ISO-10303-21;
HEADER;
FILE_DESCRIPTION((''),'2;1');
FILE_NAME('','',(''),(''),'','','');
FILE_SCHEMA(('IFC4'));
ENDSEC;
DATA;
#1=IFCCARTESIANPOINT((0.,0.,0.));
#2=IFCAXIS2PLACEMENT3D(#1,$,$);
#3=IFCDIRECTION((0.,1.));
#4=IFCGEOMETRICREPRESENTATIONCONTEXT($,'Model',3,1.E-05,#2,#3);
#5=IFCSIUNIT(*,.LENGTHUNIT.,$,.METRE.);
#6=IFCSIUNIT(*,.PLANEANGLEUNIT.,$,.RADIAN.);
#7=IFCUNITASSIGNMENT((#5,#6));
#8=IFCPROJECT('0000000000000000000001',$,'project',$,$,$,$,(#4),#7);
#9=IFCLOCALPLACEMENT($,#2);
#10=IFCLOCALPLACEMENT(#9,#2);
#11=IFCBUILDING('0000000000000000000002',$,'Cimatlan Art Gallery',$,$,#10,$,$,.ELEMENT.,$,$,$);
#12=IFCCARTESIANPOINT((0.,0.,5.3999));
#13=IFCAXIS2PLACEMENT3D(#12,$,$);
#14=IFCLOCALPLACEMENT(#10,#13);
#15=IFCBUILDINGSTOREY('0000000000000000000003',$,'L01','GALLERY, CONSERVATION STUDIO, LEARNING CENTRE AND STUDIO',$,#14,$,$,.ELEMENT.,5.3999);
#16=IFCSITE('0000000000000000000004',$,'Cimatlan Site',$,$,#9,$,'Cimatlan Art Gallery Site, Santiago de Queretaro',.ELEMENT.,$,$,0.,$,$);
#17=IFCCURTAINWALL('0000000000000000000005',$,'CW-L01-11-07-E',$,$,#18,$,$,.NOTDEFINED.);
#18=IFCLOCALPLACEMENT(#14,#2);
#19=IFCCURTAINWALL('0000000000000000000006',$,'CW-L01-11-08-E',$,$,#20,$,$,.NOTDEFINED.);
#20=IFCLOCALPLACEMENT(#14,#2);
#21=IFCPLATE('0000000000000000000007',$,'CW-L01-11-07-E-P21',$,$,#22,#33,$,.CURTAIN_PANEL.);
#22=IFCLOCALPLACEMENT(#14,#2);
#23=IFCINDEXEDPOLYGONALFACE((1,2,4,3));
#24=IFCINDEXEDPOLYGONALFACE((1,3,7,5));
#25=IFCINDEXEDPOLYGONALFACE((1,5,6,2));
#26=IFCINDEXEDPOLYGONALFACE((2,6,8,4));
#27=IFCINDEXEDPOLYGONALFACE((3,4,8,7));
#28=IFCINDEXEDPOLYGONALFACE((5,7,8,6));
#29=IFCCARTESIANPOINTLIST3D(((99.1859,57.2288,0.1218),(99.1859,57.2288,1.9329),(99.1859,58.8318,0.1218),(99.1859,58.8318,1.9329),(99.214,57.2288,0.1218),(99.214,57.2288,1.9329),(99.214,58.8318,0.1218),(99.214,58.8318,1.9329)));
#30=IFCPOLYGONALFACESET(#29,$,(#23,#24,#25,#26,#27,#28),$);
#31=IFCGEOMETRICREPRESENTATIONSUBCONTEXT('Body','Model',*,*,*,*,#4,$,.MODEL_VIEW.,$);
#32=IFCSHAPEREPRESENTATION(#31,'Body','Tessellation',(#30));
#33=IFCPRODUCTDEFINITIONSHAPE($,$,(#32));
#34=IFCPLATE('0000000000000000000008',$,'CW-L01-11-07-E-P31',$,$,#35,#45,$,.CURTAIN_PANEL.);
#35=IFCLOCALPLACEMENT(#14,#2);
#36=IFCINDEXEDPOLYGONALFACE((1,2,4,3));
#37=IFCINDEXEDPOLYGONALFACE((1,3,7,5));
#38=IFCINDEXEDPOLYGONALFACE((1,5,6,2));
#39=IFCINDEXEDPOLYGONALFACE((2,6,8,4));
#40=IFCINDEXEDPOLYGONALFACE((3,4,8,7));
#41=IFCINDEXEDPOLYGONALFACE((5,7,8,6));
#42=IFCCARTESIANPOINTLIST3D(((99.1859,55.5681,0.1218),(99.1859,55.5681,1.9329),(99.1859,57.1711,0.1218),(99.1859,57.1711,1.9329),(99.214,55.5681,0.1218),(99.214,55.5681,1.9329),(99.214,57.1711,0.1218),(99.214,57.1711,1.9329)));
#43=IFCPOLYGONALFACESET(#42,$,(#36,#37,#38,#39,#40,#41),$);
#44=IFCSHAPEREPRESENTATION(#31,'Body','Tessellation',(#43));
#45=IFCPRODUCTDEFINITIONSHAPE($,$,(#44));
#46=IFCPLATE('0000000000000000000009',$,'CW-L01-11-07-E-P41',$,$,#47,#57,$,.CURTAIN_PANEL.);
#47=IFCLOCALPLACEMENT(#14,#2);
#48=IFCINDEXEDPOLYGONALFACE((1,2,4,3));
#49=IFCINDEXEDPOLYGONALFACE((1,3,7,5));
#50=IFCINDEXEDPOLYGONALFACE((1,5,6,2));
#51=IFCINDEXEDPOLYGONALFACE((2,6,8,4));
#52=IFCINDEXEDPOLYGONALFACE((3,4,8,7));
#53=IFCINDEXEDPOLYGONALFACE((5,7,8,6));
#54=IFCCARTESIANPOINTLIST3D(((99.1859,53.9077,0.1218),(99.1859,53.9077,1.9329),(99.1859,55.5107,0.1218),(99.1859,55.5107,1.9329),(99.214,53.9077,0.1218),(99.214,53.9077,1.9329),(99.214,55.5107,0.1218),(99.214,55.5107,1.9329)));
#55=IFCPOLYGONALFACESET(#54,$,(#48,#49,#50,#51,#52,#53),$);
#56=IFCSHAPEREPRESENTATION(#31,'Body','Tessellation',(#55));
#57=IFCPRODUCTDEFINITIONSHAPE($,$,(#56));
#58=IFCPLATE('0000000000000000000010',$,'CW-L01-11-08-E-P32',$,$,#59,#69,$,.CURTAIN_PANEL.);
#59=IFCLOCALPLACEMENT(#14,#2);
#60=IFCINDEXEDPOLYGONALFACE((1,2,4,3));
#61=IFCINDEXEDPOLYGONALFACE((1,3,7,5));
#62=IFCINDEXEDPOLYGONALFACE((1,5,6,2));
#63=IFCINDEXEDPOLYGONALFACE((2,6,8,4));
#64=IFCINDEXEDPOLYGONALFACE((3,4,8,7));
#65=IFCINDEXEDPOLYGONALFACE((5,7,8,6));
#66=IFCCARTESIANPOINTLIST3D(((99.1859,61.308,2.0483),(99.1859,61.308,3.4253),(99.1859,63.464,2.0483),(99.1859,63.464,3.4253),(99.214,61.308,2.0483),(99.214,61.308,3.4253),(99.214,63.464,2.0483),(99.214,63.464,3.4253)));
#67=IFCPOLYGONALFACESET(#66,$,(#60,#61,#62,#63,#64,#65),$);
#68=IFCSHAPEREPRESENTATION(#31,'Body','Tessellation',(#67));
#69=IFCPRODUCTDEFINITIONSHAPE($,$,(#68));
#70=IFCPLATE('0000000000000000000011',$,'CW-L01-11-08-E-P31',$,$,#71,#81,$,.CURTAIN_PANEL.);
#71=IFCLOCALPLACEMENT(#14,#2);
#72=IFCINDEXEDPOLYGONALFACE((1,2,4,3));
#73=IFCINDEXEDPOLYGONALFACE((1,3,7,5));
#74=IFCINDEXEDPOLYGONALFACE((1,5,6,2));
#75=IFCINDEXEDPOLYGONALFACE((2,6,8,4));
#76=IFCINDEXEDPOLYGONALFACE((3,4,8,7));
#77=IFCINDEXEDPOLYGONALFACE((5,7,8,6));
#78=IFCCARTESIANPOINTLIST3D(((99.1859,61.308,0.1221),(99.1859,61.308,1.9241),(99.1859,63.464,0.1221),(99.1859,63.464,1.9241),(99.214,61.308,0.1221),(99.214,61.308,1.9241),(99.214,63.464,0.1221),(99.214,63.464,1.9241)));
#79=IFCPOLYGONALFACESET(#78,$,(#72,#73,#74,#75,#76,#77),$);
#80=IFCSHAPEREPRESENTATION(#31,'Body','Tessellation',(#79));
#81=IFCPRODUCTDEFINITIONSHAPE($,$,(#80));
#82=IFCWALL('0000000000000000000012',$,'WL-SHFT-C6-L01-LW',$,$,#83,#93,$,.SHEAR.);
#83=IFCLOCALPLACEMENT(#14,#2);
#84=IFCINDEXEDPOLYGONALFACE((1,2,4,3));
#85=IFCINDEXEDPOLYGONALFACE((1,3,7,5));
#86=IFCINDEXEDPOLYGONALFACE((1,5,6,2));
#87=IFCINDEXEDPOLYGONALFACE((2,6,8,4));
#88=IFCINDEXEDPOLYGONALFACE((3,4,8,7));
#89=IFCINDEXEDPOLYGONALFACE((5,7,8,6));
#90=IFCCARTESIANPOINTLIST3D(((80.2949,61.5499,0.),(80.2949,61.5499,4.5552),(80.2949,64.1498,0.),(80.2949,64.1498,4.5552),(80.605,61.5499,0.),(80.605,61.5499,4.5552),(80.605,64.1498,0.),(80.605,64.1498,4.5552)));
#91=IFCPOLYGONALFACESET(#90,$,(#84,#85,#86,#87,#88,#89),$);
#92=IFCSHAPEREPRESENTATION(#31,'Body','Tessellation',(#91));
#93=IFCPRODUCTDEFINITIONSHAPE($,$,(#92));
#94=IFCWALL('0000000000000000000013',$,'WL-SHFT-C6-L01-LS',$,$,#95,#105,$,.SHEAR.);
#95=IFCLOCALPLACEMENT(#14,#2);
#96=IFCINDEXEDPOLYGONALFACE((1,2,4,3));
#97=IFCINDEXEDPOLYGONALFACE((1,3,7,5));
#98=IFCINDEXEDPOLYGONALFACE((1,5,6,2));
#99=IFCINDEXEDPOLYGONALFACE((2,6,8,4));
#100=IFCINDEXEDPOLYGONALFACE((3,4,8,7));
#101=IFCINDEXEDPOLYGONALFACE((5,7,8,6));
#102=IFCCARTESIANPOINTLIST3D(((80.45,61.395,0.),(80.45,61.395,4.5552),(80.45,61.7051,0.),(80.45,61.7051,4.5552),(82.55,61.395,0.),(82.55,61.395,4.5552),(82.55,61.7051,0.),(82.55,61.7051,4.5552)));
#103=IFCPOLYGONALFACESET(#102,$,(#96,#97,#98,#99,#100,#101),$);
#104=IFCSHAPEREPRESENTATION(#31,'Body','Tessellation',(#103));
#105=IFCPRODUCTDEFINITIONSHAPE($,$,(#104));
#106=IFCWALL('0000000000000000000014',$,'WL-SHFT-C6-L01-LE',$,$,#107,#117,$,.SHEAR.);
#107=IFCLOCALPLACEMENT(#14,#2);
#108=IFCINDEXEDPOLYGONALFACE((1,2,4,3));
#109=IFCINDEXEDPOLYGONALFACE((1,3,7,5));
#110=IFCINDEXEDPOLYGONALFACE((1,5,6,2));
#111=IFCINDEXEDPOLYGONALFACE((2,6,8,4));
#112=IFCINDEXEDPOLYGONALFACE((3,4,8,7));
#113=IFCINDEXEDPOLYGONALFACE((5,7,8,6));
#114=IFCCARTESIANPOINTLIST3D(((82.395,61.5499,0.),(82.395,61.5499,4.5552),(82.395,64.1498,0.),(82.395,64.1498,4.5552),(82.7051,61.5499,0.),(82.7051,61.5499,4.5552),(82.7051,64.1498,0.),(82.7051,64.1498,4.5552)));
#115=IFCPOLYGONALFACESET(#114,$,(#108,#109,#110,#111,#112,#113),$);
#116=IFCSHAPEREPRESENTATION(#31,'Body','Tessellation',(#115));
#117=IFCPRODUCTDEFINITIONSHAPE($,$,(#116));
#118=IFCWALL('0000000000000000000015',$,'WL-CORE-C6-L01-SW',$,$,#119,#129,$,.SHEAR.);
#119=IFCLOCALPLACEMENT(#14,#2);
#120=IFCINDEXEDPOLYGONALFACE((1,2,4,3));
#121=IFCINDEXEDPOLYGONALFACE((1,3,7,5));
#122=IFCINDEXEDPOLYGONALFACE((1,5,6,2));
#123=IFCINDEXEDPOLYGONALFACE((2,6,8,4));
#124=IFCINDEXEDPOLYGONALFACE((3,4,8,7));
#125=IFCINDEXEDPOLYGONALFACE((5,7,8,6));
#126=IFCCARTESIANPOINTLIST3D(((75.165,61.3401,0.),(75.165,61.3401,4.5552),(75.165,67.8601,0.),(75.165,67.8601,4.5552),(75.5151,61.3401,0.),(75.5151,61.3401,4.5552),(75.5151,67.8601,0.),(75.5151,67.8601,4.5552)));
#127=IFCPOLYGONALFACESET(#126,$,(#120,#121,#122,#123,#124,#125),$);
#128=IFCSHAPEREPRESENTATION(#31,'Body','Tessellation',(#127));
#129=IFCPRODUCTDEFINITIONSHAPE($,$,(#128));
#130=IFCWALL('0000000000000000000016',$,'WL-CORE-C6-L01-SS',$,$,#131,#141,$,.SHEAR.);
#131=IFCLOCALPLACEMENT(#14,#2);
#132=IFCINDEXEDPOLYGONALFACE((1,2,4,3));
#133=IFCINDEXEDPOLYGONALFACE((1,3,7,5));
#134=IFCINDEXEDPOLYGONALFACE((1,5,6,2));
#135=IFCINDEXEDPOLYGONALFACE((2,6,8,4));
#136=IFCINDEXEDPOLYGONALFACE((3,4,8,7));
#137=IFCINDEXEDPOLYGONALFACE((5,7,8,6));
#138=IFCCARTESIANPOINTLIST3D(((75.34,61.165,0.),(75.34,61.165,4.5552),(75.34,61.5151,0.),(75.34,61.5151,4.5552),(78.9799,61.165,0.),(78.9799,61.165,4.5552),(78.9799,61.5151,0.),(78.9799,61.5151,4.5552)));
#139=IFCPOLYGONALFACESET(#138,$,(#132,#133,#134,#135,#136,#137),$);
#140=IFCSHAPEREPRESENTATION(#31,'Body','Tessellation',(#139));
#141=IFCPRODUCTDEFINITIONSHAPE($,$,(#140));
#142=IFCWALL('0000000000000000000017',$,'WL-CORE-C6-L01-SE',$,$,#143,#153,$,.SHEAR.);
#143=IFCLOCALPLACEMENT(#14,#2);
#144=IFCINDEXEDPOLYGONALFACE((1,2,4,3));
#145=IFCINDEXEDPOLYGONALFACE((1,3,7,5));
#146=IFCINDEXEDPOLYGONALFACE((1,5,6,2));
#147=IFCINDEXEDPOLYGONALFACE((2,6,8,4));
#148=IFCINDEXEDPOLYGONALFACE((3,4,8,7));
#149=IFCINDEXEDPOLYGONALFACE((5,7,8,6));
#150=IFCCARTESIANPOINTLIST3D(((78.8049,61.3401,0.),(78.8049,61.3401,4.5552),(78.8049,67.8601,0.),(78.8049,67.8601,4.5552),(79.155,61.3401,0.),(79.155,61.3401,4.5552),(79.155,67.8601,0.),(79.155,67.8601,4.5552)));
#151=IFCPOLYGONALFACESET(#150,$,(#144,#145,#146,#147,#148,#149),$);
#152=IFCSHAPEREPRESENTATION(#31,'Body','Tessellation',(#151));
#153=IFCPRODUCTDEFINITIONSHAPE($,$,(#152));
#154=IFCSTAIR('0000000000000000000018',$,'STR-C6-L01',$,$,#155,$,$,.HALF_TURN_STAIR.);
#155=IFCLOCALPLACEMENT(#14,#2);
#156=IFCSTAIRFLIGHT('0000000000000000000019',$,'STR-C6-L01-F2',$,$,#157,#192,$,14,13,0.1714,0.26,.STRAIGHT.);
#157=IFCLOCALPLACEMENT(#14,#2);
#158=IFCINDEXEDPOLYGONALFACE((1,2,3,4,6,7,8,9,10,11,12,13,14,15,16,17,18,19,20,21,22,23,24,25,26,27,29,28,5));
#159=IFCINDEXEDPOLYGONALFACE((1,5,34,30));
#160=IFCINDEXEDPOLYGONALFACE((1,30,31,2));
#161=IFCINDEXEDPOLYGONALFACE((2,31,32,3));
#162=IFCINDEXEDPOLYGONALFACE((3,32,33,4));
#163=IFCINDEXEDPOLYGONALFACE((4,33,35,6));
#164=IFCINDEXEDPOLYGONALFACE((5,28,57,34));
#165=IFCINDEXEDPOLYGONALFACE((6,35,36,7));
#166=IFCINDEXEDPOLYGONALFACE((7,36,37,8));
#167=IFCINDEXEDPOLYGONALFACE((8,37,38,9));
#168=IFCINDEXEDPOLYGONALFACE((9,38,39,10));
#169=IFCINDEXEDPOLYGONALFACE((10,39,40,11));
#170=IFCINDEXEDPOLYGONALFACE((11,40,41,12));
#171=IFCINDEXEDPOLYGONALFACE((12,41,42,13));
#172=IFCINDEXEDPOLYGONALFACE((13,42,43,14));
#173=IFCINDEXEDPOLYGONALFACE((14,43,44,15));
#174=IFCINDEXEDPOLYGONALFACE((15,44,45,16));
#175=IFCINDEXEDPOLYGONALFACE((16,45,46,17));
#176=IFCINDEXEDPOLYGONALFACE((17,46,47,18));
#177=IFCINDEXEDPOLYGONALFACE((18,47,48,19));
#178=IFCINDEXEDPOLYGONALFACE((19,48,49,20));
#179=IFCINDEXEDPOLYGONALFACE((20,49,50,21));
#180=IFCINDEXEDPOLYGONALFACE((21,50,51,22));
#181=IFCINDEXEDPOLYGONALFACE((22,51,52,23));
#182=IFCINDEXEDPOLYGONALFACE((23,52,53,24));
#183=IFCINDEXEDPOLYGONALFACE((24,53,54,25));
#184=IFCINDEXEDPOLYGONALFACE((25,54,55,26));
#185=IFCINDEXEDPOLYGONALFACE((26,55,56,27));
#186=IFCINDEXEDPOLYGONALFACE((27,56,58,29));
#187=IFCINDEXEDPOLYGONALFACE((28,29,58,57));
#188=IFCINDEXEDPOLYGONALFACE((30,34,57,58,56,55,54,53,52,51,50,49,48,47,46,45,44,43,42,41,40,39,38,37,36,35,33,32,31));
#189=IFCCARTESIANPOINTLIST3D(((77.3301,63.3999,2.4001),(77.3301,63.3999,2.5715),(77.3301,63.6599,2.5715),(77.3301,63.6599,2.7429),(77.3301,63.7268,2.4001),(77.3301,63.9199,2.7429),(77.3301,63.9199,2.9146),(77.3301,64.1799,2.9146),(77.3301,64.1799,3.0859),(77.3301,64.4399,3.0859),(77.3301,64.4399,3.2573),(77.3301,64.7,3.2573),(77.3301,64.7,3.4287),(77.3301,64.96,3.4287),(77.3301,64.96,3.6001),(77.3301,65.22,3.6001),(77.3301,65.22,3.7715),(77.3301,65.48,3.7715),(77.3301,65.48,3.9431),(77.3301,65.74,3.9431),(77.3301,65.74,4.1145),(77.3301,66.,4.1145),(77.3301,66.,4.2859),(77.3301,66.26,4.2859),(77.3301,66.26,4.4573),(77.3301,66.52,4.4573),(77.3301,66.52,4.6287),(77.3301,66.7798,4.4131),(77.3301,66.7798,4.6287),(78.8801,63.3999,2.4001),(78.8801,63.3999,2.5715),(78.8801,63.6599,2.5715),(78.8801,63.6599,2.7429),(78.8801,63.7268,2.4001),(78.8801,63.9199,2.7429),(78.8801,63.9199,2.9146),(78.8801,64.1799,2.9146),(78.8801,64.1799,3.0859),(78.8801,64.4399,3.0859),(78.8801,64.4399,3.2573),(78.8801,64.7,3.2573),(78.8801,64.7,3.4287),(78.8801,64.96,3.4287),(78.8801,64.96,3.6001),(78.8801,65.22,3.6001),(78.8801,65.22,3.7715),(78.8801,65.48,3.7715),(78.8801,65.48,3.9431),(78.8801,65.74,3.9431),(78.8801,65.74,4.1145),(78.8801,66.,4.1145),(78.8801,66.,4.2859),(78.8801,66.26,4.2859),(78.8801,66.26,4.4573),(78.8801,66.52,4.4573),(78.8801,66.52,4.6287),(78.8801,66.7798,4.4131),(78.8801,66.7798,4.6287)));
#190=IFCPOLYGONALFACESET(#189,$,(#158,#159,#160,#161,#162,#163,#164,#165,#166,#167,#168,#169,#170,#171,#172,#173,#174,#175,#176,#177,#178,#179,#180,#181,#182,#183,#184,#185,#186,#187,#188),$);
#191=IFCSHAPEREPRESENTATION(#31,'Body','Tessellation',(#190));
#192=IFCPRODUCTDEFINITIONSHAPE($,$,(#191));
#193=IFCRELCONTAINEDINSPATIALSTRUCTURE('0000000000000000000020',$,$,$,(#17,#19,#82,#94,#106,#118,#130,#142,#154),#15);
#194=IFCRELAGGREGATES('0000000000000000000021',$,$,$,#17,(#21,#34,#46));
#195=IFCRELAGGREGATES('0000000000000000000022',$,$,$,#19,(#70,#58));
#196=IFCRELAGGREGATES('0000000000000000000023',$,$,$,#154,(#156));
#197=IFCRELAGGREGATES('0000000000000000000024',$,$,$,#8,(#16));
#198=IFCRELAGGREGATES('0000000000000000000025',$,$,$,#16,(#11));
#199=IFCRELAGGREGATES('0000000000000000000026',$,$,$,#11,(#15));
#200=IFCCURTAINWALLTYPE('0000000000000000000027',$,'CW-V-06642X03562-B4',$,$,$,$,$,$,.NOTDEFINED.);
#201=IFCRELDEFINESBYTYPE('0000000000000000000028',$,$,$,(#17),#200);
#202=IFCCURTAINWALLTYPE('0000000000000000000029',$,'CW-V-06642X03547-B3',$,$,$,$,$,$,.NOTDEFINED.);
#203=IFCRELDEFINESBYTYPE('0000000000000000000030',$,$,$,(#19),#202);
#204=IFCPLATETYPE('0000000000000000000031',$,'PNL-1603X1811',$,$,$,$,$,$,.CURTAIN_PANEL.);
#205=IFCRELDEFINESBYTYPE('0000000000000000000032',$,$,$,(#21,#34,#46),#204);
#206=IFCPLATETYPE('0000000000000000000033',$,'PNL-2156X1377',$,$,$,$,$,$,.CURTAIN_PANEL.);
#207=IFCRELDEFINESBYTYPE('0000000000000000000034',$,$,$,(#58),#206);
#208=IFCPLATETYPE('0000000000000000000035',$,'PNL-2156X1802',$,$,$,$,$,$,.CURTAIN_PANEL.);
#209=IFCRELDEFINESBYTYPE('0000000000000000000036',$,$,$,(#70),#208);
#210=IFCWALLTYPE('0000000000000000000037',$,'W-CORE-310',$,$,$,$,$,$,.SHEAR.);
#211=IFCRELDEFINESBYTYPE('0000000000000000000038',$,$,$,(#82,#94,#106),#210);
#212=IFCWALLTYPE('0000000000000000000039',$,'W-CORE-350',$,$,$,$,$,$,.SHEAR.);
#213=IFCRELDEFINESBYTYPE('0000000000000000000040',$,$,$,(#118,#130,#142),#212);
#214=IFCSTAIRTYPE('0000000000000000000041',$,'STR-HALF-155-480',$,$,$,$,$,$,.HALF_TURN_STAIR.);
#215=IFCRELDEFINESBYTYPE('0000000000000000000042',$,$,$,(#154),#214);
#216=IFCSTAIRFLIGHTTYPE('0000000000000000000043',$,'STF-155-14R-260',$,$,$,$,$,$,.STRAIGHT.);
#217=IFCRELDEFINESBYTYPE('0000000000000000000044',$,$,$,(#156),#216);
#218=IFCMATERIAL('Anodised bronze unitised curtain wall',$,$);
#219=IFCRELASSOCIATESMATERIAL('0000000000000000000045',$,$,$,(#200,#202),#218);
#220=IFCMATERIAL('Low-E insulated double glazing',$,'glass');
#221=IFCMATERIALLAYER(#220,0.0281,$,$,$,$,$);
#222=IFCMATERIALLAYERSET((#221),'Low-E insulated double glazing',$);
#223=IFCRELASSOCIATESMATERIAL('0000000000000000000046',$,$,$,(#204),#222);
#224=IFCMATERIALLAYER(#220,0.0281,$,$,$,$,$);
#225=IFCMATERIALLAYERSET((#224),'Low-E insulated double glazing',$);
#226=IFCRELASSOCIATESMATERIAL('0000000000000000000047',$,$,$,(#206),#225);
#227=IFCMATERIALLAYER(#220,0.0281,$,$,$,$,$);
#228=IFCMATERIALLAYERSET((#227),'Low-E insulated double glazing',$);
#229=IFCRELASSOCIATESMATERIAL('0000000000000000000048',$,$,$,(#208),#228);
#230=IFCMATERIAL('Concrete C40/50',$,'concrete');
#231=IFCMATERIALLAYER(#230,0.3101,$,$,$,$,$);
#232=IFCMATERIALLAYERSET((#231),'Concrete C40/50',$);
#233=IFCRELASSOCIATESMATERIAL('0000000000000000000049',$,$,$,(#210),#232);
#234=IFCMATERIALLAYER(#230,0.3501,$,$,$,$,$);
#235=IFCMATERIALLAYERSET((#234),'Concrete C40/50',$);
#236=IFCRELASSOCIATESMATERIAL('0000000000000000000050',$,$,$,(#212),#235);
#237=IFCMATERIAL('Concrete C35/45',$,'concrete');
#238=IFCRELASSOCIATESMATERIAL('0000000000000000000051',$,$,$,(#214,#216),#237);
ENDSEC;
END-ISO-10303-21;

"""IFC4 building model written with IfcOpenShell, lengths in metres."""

from ifc_helpers import new_model, si_unit, direction, frame, frame_2d, origin, origin_2d, place, context, subcontext, project, spatial, polyline, rectangle, outline, extrude, material, layer, layer_set, type_object, element, aggregate, save


model = new_model("IFC4")

# Units and contexts
model_context = context("Model", 3, precision=1e-05, world=origin(), true_north=direction((0.0, 1.0)))
body_context = subcontext(model_context, "Body", "Model", "MODEL_VIEW")
ifc_project = project(units=[si_unit("LENGTHUNIT", "METRE"), si_unit("PLANEANGLEUNIT", "RADIAN")], contexts=[model_context])

# Site, building, storey
site_placement = place(None, origin())
site = spatial("IfcSite", under=ifc_project, at=site_placement, Name="Cimatlan Site", LongName="Cimatlan Art Gallery Site, Santiago de Queretaro", CompositionType="ELEMENT", RefElevation=0.0)
building_placement = place(site_placement, origin())
building = spatial("IfcBuilding", under=site, at=building_placement, Name="Cimatlan Art Gallery", CompositionType="ELEMENT")
storey_placement = place(building_placement, frame((0.0, 0.0, 5.3999)))
storey = spatial("IfcBuildingStorey", under=building, at=storey_placement, Name="L01", Description="GALLERY, CONSERVATION STUDIO, LEARNING CENTRE AND STUDIO", CompositionType="ELEMENT", Elevation=5.3999)

# Shared definitions
ifc_material_1 = material(Name="Concrete C40/50", Category="concrete")

# Curtain walls
ifc_material_2 = material(Name="Anodised bronze unitised curtain wall")
curtain_wall_type_1 = type_object("IfcCurtainWallType", Name="CW-V-06642X03562-B4", PredefinedType="NOTDEFINED", material=ifc_material_2)
curtain_wall_1_placement = place(storey_placement, origin())
curtain_wall_1 = element("IfcCurtainWall", 1, at=curtain_wall_1_placement, inside=storey, type_object=curtain_wall_type_1, Name="CW-L01-11-07-E", PredefinedType="NOTDEFINED")
curtain_wall_type_2 = type_object("IfcCurtainWallType", Name="CW-V-06642X03547-B3", PredefinedType="NOTDEFINED", material=ifc_material_2)
curtain_wall_2_placement = place(storey_placement, origin())
curtain_wall_2 = element("IfcCurtainWall", 2, at=curtain_wall_2_placement, inside=storey, type_object=curtain_wall_type_2, Name="CW-L01-11-08-E", PredefinedType="NOTDEFINED")

# Plates
ifc_material_3 = material(Name="Low-E insulated double glazing", Category="glass")
ifc_layer_1 = layer(ifc_material_3, 0.0281)
ifc_layer_set_1 = layer_set([ifc_layer_1], Name="Low-E insulated double glazing")
plate_type_1 = type_object("IfcPlateType", Name="PNL-1603X1811", PredefinedType="CURTAIN_PANEL", material=ifc_layer_set_1)
plate_1_placement = place(storey_placement, frame((99.2, 58.0303, 0.1218), z_axis=(0.0, 0.0, 1.0), x_axis=(0.0, -1.0, 0.0)))
plate_1 = element("IfcPlate", 3, at=plate_1_placement, type_object=plate_type_1, Name="CW-L01-11-07-E-P21", PredefinedType="CURTAIN_PANEL", context=body_context, shape_type="SweptSolid", body=[
    extrude(rectangle(XDim=1.603, YDim=0.0281, at=origin_2d()), origin(), (0.0, 0.0, 1.0), 1.811),
])
plate_2_placement = place(storey_placement, frame((99.2, 56.3696, 0.1218), z_axis=(0.0, 0.0, 1.0), x_axis=(0.0, -1.0, 0.0)))
plate_2 = element("IfcPlate", 4, at=plate_2_placement, type_object=plate_type_1, Name="CW-L01-11-07-E-P31", PredefinedType="CURTAIN_PANEL", context=body_context, shape_type="SweptSolid", body=[
    extrude(rectangle(XDim=1.603, YDim=0.0281, at=origin_2d()), origin(), (0.0, 0.0, 1.0), 1.811),
])
plate_3_placement = place(storey_placement, frame((99.2, 54.7092, 0.1218), z_axis=(0.0, 0.0, 1.0), x_axis=(0.0, -1.0, 0.0)))
plate_3 = element("IfcPlate", 5, at=plate_3_placement, type_object=plate_type_1, Name="CW-L01-11-07-E-P41", PredefinedType="CURTAIN_PANEL", context=body_context, shape_type="SweptSolid", body=[
    extrude(rectangle(XDim=1.603, YDim=0.0281, at=origin_2d()), origin(), (0.0, 0.0, 1.0), 1.811),
])
aggregate(curtain_wall_1, [plate_1, plate_2, plate_3])
ifc_layer_2 = layer(ifc_material_3, 0.0281)
ifc_layer_set_2 = layer_set([ifc_layer_2], Name="Low-E insulated double glazing")
plate_type_2 = type_object("IfcPlateType", Name="PNL-2156X1377", PredefinedType="CURTAIN_PANEL", material=ifc_layer_set_2)
plate_4_placement = place(storey_placement, frame((99.2, 62.386, 2.0483), z_axis=(0.0, 0.0, 1.0), x_axis=(0.0, -1.0, 0.0)))
plate_4 = element("IfcPlate", 6, at=plate_4_placement, type_object=plate_type_2, Name="CW-L01-11-08-E-P32", PredefinedType="CURTAIN_PANEL", context=body_context, shape_type="SweptSolid", body=[
    extrude(rectangle(XDim=2.156, YDim=0.0281, at=origin_2d()), origin(), (0.0, 0.0, 1.0), 1.377),
])
ifc_layer_3 = layer(ifc_material_3, 0.0281)
ifc_layer_set_3 = layer_set([ifc_layer_3], Name="Low-E insulated double glazing")
plate_type_3 = type_object("IfcPlateType", Name="PNL-2156X1802", PredefinedType="CURTAIN_PANEL", material=ifc_layer_set_3)
plate_5_placement = place(storey_placement, frame((99.2, 62.386, 0.1221), z_axis=(0.0, 0.0, 1.0), x_axis=(0.0, -1.0, 0.0)))
plate_5 = element("IfcPlate", 7, at=plate_5_placement, type_object=plate_type_3, Name="CW-L01-11-08-E-P31", PredefinedType="CURTAIN_PANEL", context=body_context, shape_type="SweptSolid", body=[
    extrude(rectangle(XDim=2.156, YDim=0.0281, at=origin_2d()), origin(), (0.0, 0.0, 1.0), 1.802),
])
aggregate(curtain_wall_2, [plate_5, plate_4])

# Walls
ifc_layer_4 = layer(ifc_material_1, 0.3101)
ifc_layer_set_4 = layer_set([ifc_layer_4], Name="Concrete C40/50")
wall_type_1 = type_object("IfcWallType", Name="W-CORE-310", PredefinedType="SHEAR", material=ifc_layer_set_4)
wall_1_placement = place(storey_placement, frame((80.45, 61.55, 0.0), z_axis=(0.0, 0.0, 1.0), x_axis=(0.0, 1.0, 0.0)))
element("IfcWall", 8, at=wall_1_placement, inside=storey, type_object=wall_type_1, Name="WL-SHFT-C6-L01-LW", PredefinedType="SHEAR", context=body_context, shape_type="SweptSolid", body=[
    extrude(rectangle(XDim=2.5999, YDim=0.3101, at=frame_2d((1.2998, 0.0))), origin(), (0.0, 0.0, 1.0), 4.5552),
])
wall_2_placement = place(storey_placement, frame((80.45, 61.55, 0.0), z_axis=(0.0, 0.0, 1.0), x_axis=(1.0, 0.0, 0.0)))
element("IfcWall", 9, at=wall_2_placement, inside=storey, type_object=wall_type_1, Name="WL-SHFT-C6-L01-LS", PredefinedType="SHEAR", context=body_context, shape_type="SweptSolid", body=[
    extrude(rectangle(XDim=2.1001, YDim=0.3101, at=frame_2d((1.05, 0.0))), origin(), (0.0, 0.0, 1.0), 4.5552),
])
wall_3_placement = place(storey_placement, frame((82.55, 61.55, 0.0), z_axis=(0.0, 0.0, 1.0), x_axis=(0.0, 1.0, 0.0)))
element("IfcWall", 10, at=wall_3_placement, inside=storey, type_object=wall_type_1, Name="WL-SHFT-C6-L01-LE", PredefinedType="SHEAR", context=body_context, shape_type="SweptSolid", body=[
    extrude(rectangle(XDim=2.5999, YDim=0.3101, at=frame_2d((1.2998, 0.0))), origin(), (0.0, 0.0, 1.0), 4.5552),
])
ifc_layer_5 = layer(ifc_material_1, 0.3501)
ifc_layer_set_5 = layer_set([ifc_layer_5], Name="Concrete C40/50")
wall_type_2 = type_object("IfcWallType", Name="W-CORE-350", PredefinedType="SHEAR", material=ifc_layer_set_5)
wall_4_placement = place(storey_placement, frame((75.3401, 61.3401, 0.0), z_axis=(0.0, 0.0, 1.0), x_axis=(0.0, 1.0, 0.0)))
element("IfcWall", 11, at=wall_4_placement, inside=storey, type_object=wall_type_2, Name="WL-CORE-C6-L01-SW", PredefinedType="SHEAR", context=body_context, shape_type="SweptSolid", body=[
    extrude(rectangle(XDim=6.52, YDim=0.3501, at=frame_2d((3.26, 0.0))), origin(), (0.0, 0.0, 1.0), 4.5552),
])
wall_5_placement = place(storey_placement, frame((75.3401, 61.3401, 0.0), z_axis=(0.0, 0.0, 1.0), x_axis=(1.0, 0.0, 0.0)))
element("IfcWall", 12, at=wall_5_placement, inside=storey, type_object=wall_type_2, Name="WL-CORE-C6-L01-SS", PredefinedType="SHEAR", context=body_context, shape_type="SweptSolid", body=[
    extrude(rectangle(XDim=3.6399, YDim=0.3501, at=frame_2d((1.8198, 0.0))), origin(), (0.0, 0.0, 1.0), 4.5552),
])
wall_6_placement = place(storey_placement, frame((78.98, 61.3401, 0.0), z_axis=(0.0, 0.0, 1.0), x_axis=(0.0, 1.0, 0.0)))
element("IfcWall", 13, at=wall_6_placement, inside=storey, type_object=wall_type_2, Name="WL-CORE-C6-L01-SE", PredefinedType="SHEAR", context=body_context, shape_type="SweptSolid", body=[
    extrude(rectangle(XDim=6.52, YDim=0.3501, at=frame_2d((3.26, 0.0))), origin(), (0.0, 0.0, 1.0), 4.5552),
])

# Stair, stair flight
ifc_material_4 = material(Name="Concrete C35/45", Category="concrete")
stair_type = type_object("IfcStairType", Name="STR-HALF-155-480", PredefinedType="HALF_TURN_STAIR", material=ifc_material_4)
stair_placement = place(storey_placement, origin())
stair = element("IfcStair", 14, at=stair_placement, inside=storey, type_object=stair_type, Name="STR-C6-L01", PredefinedType="HALF_TURN_STAIR")
stair_flight_type = type_object("IfcStairFlightType", Name="STF-155-14R-260", PredefinedType="STRAIGHT", material=ifc_material_4)
stair_flight_placement = place(storey_placement, frame((78.105, 63.3999, 2.4001), z_axis=(0.0, 0.0, 1.0), x_axis=(0.0, 1.0, 0.0)))
stair_flight = element("IfcStairFlight", 15, at=stair_flight_placement, type_object=stair_flight_type, Name="STR-C6-L01-F2", NumberOfRisers=14, NumberOfTreads=13, PredefinedType="STRAIGHT", RiserHeight=0.1714, TreadLength=0.26, context=body_context, shape_type="SweptSolid", body=[
    extrude(outline(polyline([(0.0, 0.0), (0.0, 0.1714), (0.26, 0.1714), (0.26, 0.3428), (0.52, 0.3428), (0.52, 0.5144), (0.78, 0.5144), (0.78, 0.6858), (1.04, 0.6858), (1.04, 0.8572), (1.3, 0.8572), (1.3, 1.0286), (1.5601, 1.0286), (1.5601, 1.2), (1.8201, 1.2), (1.8201, 1.3713), (2.0801, 1.3713), (2.0801, 1.543), (2.3401, 1.543), (2.3401, 1.7144), (2.6001, 1.7144), (2.6001, 1.8857), (2.8601, 1.8857), (2.8601, 2.0571), (3.1201, 2.0571), (3.1201, 2.2285), (3.3799, 2.2285), (3.3799, 2.3999), (3.3799, 2.0129), (0.3269, 0.0), (0.0, 0.0)])), frame((0.0, 0.7749, 0.0), z_axis=(0.0, -1.0, 0.0), x_axis=(1.0, 0.0, 0.0)), (0.0, 0.0, 1.0), 1.55),
])
aggregate(stair, [stair_flight])

save(model, "model.ifc")
